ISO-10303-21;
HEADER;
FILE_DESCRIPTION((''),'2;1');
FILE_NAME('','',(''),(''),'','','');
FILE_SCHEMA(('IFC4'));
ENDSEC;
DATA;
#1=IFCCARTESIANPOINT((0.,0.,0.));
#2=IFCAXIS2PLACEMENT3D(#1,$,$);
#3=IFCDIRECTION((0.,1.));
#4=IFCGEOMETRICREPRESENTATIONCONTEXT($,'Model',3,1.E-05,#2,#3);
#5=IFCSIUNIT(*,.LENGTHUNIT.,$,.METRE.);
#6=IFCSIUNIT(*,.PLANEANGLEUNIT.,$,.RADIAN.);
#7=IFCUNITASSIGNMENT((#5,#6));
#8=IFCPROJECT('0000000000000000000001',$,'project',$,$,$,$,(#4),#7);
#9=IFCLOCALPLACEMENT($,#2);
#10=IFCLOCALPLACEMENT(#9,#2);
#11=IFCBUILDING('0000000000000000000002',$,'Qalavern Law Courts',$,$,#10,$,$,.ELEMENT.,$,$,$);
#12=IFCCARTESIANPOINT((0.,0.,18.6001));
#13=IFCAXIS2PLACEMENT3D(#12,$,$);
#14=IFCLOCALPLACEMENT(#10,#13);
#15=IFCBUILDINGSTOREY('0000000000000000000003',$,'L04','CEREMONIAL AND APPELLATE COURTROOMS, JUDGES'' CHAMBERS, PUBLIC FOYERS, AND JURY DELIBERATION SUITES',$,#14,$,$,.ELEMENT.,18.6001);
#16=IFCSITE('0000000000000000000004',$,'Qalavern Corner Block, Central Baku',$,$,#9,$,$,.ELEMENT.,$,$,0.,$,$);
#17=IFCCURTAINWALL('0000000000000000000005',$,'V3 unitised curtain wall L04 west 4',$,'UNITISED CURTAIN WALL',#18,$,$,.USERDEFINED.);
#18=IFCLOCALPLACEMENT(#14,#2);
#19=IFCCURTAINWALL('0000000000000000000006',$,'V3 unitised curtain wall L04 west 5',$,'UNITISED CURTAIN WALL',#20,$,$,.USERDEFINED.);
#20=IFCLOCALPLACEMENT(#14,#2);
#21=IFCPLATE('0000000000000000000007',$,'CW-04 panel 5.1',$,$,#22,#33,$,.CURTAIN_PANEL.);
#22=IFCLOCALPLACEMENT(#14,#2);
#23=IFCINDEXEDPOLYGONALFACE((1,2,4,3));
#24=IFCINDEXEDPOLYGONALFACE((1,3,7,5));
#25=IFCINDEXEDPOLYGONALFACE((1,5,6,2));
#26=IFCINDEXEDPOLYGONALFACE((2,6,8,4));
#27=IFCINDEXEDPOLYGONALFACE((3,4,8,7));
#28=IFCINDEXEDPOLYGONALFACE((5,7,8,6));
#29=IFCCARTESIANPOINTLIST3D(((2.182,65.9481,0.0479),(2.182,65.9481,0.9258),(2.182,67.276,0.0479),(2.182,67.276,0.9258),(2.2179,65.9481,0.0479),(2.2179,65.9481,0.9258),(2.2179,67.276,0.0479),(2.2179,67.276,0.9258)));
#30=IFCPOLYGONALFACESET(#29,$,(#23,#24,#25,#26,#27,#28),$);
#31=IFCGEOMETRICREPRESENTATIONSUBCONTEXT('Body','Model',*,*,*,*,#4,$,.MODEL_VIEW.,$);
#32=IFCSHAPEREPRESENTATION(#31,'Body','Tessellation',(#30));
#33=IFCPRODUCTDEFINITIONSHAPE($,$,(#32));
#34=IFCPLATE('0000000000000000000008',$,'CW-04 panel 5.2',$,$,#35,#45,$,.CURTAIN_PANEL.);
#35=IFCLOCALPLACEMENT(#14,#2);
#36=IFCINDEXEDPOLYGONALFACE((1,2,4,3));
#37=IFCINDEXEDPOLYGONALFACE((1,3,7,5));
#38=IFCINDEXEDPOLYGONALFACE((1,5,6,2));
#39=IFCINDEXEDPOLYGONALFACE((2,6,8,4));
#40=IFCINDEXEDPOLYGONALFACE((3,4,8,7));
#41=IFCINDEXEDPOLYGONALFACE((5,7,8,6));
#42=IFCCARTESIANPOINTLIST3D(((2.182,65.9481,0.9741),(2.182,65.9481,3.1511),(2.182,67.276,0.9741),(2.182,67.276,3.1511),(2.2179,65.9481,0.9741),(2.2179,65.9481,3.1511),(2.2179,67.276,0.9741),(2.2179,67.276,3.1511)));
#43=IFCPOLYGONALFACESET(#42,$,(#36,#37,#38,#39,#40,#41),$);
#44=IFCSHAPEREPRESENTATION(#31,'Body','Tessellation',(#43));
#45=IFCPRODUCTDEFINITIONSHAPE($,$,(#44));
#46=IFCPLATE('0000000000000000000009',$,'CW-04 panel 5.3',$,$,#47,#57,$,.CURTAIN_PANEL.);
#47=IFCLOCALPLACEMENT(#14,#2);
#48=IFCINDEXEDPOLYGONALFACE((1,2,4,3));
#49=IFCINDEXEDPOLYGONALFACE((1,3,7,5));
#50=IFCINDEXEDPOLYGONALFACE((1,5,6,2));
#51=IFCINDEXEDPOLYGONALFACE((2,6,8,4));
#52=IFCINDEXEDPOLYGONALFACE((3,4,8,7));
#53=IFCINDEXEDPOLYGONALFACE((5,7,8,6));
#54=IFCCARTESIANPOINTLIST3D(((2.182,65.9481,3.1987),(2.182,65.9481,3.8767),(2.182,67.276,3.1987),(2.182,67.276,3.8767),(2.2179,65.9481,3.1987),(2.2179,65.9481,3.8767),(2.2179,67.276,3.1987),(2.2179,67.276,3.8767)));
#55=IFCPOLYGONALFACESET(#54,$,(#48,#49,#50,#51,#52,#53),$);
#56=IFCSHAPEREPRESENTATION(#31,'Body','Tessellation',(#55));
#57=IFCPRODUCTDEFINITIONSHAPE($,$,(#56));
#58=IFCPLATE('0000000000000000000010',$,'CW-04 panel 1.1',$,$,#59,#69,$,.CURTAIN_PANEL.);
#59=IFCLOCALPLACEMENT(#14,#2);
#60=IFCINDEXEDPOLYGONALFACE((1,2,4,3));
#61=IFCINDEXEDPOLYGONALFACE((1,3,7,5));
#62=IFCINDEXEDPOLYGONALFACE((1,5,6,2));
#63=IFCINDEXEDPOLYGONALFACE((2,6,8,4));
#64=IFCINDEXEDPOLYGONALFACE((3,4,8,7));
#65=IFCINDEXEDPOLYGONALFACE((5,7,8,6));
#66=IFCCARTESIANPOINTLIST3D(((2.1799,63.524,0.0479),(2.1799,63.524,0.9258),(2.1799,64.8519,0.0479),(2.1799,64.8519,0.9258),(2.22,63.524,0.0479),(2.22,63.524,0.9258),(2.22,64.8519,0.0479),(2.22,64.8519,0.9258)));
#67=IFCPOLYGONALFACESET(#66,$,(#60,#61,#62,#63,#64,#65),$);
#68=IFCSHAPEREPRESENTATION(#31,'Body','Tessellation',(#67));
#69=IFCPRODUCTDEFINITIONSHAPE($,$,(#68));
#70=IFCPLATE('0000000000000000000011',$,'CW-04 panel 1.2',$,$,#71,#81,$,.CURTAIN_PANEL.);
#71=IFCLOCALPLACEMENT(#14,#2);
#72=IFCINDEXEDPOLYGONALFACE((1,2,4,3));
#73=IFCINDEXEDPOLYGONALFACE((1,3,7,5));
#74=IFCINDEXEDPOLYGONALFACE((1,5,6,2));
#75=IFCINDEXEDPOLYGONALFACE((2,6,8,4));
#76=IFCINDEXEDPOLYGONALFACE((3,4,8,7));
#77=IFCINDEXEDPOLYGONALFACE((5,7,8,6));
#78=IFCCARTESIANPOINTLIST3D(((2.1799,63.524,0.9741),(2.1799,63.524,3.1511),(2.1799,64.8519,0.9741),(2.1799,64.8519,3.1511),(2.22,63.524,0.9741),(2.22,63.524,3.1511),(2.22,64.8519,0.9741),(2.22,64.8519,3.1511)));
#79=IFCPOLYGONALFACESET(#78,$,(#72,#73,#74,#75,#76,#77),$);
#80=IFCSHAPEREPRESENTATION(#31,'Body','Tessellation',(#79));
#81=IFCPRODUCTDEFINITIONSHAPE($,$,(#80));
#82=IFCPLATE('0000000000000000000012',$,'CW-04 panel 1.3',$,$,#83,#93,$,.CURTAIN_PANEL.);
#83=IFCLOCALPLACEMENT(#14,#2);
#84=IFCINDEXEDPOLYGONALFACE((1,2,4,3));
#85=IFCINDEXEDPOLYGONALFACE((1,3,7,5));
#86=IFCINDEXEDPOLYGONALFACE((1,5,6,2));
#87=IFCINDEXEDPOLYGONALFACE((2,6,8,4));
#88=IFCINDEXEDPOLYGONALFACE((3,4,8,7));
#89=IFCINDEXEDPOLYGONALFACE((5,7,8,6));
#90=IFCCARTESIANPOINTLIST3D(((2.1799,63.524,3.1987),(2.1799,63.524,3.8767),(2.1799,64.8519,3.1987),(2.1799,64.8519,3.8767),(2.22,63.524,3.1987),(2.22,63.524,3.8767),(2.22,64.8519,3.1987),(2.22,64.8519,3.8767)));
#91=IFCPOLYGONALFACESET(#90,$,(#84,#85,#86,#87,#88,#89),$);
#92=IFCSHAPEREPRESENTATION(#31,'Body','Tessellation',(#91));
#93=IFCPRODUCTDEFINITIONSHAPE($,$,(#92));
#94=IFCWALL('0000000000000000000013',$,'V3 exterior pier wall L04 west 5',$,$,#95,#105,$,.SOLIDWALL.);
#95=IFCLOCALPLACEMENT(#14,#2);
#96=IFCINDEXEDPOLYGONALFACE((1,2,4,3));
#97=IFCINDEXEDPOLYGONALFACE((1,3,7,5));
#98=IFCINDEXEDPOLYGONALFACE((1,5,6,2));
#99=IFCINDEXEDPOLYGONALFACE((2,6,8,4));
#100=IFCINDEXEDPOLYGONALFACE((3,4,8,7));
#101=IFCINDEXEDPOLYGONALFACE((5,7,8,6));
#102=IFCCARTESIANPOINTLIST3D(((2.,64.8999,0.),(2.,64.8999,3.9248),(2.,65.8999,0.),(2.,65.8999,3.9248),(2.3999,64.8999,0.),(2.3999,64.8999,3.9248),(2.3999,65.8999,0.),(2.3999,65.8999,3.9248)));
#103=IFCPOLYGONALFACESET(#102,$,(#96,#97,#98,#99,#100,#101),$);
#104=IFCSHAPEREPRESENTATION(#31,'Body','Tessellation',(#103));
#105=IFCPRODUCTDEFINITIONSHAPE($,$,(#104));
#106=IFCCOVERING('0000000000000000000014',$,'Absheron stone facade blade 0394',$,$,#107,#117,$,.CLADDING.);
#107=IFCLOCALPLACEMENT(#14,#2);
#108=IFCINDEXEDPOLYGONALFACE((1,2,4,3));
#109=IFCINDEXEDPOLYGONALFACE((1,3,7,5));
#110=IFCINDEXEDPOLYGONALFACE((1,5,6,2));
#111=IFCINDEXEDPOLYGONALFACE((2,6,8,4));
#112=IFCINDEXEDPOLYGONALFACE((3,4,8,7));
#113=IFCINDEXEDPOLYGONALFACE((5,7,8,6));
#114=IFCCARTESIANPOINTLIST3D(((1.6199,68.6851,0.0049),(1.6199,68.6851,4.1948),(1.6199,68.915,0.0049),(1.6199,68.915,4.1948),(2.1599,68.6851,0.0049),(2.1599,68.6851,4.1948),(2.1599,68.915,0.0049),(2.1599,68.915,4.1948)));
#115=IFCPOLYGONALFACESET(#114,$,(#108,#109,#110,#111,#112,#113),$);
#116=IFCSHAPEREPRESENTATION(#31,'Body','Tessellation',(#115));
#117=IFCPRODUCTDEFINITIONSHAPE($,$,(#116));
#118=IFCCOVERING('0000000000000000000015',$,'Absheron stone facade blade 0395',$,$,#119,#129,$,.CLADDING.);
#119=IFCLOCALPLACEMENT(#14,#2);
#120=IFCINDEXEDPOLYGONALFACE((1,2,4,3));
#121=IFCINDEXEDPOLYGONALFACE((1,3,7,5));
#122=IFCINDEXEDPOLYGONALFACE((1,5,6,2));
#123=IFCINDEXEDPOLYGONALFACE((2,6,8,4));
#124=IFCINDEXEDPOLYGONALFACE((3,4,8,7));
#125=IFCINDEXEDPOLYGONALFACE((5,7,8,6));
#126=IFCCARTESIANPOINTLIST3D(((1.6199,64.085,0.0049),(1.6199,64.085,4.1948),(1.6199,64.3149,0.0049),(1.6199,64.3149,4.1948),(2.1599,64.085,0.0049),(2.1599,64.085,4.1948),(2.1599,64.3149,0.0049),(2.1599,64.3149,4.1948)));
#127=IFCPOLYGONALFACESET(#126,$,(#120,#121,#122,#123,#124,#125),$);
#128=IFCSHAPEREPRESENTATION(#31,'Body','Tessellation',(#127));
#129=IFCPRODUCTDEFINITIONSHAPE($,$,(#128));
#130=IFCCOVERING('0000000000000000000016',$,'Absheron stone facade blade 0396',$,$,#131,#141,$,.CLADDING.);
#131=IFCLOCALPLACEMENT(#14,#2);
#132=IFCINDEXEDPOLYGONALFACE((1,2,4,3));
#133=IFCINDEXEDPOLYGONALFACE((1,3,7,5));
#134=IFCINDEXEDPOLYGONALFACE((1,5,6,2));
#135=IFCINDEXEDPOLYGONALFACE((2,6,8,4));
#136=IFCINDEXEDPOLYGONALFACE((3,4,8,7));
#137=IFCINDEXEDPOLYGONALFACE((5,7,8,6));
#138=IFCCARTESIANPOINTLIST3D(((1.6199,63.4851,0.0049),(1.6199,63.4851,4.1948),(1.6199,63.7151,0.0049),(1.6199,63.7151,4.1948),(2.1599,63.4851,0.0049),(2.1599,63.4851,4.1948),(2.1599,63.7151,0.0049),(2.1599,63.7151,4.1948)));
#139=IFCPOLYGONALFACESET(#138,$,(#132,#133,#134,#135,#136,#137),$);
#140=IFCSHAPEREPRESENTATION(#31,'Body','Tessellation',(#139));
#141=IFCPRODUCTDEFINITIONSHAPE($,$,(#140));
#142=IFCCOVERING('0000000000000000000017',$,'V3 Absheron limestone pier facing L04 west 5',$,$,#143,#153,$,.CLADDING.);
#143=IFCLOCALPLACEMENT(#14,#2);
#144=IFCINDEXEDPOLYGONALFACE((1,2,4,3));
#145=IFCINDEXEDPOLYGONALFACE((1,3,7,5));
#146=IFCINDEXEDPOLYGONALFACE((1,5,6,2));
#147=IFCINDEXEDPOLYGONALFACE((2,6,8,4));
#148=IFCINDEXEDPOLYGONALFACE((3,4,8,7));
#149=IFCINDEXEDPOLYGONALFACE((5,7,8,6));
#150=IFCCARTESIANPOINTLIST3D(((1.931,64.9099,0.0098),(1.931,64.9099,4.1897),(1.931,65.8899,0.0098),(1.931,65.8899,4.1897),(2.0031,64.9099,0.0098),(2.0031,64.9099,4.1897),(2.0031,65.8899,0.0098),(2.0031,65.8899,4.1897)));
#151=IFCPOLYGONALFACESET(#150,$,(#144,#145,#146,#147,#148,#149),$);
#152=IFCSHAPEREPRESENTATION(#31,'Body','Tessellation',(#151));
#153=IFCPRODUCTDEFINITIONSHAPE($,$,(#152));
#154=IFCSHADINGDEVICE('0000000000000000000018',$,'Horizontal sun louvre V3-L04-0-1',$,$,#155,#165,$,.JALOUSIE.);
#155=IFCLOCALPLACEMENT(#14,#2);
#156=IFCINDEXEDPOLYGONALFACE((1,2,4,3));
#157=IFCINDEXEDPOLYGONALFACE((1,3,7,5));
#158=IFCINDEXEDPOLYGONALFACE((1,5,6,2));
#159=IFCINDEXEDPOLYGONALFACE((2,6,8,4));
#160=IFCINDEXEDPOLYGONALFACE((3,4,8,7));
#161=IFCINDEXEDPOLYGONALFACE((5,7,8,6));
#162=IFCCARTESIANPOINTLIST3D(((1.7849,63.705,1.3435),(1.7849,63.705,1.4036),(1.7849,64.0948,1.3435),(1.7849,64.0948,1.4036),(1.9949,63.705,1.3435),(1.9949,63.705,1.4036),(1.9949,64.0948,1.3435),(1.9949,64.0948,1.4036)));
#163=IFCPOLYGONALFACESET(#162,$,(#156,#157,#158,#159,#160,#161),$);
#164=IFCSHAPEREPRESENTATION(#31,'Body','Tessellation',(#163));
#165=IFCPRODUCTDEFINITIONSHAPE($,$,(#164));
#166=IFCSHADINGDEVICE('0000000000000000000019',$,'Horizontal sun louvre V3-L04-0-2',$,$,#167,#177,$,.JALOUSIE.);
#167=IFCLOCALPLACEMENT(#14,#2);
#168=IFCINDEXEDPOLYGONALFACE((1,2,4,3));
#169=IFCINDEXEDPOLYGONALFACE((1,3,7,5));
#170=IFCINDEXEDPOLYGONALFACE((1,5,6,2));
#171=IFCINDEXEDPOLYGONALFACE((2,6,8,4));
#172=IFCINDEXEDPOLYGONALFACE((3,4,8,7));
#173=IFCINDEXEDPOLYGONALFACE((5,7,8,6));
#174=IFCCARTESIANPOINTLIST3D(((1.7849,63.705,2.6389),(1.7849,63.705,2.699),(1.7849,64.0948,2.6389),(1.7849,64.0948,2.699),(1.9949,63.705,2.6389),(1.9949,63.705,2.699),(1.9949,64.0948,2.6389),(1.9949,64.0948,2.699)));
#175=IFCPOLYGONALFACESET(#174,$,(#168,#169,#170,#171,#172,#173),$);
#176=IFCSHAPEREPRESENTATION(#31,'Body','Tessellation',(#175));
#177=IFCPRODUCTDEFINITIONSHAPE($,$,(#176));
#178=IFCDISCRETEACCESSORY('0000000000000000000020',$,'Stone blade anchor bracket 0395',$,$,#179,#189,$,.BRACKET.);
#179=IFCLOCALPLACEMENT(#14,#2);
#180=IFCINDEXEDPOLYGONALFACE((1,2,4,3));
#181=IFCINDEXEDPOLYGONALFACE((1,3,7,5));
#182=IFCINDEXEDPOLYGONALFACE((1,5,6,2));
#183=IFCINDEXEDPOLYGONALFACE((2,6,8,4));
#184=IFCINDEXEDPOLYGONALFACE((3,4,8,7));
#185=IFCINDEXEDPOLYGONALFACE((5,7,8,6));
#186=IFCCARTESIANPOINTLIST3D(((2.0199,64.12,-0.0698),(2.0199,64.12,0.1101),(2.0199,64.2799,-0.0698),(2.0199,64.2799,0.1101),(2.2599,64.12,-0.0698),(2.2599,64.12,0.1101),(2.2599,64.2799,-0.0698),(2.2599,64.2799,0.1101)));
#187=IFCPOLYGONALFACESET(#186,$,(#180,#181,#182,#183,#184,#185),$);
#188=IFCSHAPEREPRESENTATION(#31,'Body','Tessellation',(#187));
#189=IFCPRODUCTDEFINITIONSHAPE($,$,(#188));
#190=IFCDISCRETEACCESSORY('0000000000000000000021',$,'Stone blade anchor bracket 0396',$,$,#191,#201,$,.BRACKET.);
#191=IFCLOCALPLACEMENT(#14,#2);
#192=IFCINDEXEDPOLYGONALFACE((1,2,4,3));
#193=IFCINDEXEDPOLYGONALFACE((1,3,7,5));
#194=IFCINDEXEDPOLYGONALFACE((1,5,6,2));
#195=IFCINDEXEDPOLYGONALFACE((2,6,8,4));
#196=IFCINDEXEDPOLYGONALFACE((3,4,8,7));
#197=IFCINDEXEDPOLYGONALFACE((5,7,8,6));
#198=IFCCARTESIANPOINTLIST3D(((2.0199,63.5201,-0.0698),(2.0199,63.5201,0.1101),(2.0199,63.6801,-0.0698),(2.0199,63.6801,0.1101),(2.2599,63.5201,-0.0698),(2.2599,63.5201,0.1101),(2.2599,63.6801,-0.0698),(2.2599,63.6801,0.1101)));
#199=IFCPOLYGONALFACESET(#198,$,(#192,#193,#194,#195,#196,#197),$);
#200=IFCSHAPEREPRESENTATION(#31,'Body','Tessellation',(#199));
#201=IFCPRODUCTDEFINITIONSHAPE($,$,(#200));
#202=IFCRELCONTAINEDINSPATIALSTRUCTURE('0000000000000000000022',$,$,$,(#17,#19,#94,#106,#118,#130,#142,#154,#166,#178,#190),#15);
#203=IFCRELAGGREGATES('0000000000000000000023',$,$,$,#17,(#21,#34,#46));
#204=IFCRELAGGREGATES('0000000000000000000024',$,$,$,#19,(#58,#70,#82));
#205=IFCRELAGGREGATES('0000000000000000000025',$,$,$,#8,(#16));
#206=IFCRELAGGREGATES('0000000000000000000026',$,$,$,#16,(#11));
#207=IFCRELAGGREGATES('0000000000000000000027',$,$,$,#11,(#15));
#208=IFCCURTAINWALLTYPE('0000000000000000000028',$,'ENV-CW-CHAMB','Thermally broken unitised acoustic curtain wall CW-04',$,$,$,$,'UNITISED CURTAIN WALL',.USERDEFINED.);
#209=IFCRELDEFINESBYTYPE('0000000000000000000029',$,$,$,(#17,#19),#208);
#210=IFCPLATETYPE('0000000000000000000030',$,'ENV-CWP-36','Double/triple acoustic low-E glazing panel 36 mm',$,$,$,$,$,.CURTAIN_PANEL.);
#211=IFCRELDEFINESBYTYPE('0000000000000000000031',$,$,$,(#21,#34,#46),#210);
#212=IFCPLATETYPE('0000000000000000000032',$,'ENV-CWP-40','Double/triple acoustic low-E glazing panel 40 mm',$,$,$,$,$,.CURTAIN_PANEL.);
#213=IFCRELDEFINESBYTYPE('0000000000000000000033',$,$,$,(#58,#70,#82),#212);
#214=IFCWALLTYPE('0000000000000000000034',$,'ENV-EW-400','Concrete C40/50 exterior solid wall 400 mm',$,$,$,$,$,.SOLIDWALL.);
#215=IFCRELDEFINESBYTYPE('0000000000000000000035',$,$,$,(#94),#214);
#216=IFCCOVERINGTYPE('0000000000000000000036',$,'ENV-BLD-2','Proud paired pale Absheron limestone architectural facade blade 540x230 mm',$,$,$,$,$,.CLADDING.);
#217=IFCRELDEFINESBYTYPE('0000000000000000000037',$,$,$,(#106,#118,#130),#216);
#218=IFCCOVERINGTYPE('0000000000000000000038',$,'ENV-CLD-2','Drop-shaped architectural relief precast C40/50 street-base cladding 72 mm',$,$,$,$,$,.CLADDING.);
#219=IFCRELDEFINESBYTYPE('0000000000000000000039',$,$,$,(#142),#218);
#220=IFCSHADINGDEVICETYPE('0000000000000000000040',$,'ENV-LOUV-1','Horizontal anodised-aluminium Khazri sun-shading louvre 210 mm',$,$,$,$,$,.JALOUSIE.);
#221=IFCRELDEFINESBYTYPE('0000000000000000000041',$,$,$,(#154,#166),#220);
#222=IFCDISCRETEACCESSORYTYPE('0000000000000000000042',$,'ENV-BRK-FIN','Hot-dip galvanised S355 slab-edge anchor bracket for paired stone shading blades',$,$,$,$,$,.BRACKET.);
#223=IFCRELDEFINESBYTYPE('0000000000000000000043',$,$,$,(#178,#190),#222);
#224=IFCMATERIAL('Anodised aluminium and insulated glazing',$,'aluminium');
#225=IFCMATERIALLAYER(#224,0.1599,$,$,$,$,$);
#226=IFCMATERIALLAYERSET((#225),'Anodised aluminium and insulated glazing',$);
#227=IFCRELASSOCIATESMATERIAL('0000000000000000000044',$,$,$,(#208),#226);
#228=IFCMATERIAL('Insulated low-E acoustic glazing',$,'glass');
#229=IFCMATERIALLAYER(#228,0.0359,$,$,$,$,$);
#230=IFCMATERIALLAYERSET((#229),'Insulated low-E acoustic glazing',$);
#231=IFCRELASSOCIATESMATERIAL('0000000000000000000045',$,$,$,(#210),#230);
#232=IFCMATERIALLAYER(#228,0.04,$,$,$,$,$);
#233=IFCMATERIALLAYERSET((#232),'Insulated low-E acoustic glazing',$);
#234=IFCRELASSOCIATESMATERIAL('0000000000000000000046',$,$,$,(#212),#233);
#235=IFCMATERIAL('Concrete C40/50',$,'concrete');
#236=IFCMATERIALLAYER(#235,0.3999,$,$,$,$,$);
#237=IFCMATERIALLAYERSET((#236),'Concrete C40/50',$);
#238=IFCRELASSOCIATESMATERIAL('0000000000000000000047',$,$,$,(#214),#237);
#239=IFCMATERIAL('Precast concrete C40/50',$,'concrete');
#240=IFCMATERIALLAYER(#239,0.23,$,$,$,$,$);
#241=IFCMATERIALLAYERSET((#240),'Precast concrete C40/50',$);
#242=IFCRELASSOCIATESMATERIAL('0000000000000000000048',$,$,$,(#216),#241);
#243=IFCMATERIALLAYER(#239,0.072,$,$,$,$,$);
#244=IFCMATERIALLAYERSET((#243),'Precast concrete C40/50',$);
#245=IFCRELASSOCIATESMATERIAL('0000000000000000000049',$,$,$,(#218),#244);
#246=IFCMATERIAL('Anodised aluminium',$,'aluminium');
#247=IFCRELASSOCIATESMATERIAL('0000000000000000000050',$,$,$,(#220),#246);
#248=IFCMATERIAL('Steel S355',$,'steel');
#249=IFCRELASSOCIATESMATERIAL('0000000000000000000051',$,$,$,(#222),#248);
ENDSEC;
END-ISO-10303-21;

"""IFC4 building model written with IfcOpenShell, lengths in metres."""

from ifc_helpers import new_model, si_unit, direction, frame, frame_2d, origin, origin_2d, place, context, subcontext, project, spatial, rectangle, extrude, material, layer, layer_set, type_object, element, aggregate, save


model = new_model("IFC4")

# Units and contexts
model_context = context("Model", 3, precision=1e-05, world=origin(), true_north=direction((0.0, 1.0)))
body_context = subcontext(model_context, "Body", "Model", "MODEL_VIEW")
ifc_project = project(units=[si_unit("LENGTHUNIT", "METRE"), si_unit("PLANEANGLEUNIT", "RADIAN")], contexts=[model_context])

# Site, building, storey
site_placement = place(None, origin())
site = spatial("IfcSite", under=ifc_project, at=site_placement, Name="Qalavern Corner Block, Central Baku", CompositionType="ELEMENT", RefElevation=0.0)
building_placement = place(site_placement, origin())
building = spatial("IfcBuilding", under=site, at=building_placement, Name="Qalavern Law Courts", CompositionType="ELEMENT")
storey_placement = place(building_placement, frame((0.0, 0.0, 18.6001)))
storey = spatial("IfcBuildingStorey", under=building, at=storey_placement, Name="L04", Description="CEREMONIAL AND APPELLATE COURTROOMS, JUDGES' CHAMBERS, PUBLIC FOYERS, AND JURY DELIBERATION SUITES", CompositionType="ELEMENT", Elevation=18.6001)

# Curtain wall
ifc_material_1 = material(Name="Anodised aluminium and insulated glazing", Category="aluminium")
ifc_layer_1 = layer(ifc_material_1, 0.1599)
ifc_layer_set_1 = layer_set([ifc_layer_1], Name="Anodised aluminium and insulated glazing")
curtain_wall_type = type_object("IfcCurtainWallType", Name="ENV-CW-CHAMB", Description="Thermally broken unitised acoustic curtain wall CW-04", ElementType="UNITISED CURTAIN WALL", PredefinedType="USERDEFINED", material=ifc_layer_set_1)
curtain_wall_1_placement = place(storey_placement, origin())
curtain_wall_1 = element("IfcCurtainWall", 1, at=curtain_wall_1_placement, inside=storey, type_object=curtain_wall_type, Name="V3 unitised curtain wall L04 west 4", ObjectType="UNITISED CURTAIN WALL", PredefinedType="USERDEFINED")
ifc_material_2 = material(Name="Anodised aluminium", Category="aluminium")

# Curtain wall
curtain_wall_2_placement = place(storey_placement, origin())
curtain_wall_2 = element("IfcCurtainWall", 2, at=curtain_wall_2_placement, inside=storey, type_object=curtain_wall_type, Name="V3 unitised curtain wall L04 west 5", ObjectType="UNITISED CURTAIN WALL", PredefinedType="USERDEFINED")

# Shared definitions
ifc_material_3 = material(Name="Steel S355", Category="steel")

# Plates
ifc_material_4 = material(Name="Insulated low-E acoustic glazing", Category="glass")
ifc_layer_2 = layer(ifc_material_4, 0.0359)
ifc_layer_set_2 = layer_set([ifc_layer_2], Name="Insulated low-E acoustic glazing")
plate_type_1 = type_object("IfcPlateType", Name="ENV-CWP-36", Description="Double/triple acoustic low-E glazing panel 36 mm", PredefinedType="CURTAIN_PANEL", material=ifc_layer_set_2)
plate_1_placement = place(storey_placement, frame((2.2, 66.6121, 0.0479), z_axis=(0.0, 0.0, 1.0), x_axis=(0.0, -1.0, 0.0)))
plate_1 = element("IfcPlate", 3, at=plate_1_placement, type_object=plate_type_1, Name="CW-04 panel 5.1", PredefinedType="CURTAIN_PANEL", context=body_context, shape_type="SweptSolid", body=[
    extrude(rectangle(XDim=1.3279, YDim=0.0359, at=origin_2d()), origin(), (0.0, 0.0, 1.0), 0.8779),
])
plate_2_placement = place(storey_placement, frame((2.2, 66.6121, 0.9741), z_axis=(0.0, 0.0, 1.0), x_axis=(0.0, -1.0, 0.0)))
plate_2 = element("IfcPlate", 4, at=plate_2_placement, type_object=plate_type_1, Name="CW-04 panel 5.2", PredefinedType="CURTAIN_PANEL", context=body_context, shape_type="SweptSolid", body=[
    extrude(rectangle(XDim=1.3279, YDim=0.0359, at=origin_2d()), origin(), (0.0, 0.0, 1.0), 2.177),
])
plate_3_placement = place(storey_placement, frame((2.2, 66.6121, 3.1987), z_axis=(0.0, 0.0, 1.0), x_axis=(0.0, -1.0, 0.0)))
plate_3 = element("IfcPlate", 5, at=plate_3_placement, type_object=plate_type_1, Name="CW-04 panel 5.3", PredefinedType="CURTAIN_PANEL", context=body_context, shape_type="SweptSolid", body=[
    extrude(rectangle(XDim=1.3279, YDim=0.0359, at=origin_2d()), origin(), (0.0, 0.0, 1.0), 0.678),
])
aggregate(curtain_wall_1, [plate_1, plate_2, plate_3])
ifc_layer_3 = layer(ifc_material_4, 0.04)
ifc_layer_set_3 = layer_set([ifc_layer_3], Name="Insulated low-E acoustic glazing")
plate_type_2 = type_object("IfcPlateType", Name="ENV-CWP-40", Description="Double/triple acoustic low-E glazing panel 40 mm", PredefinedType="CURTAIN_PANEL", material=ifc_layer_set_3)
plate_4_placement = place(storey_placement, frame((2.2, 64.188, 0.0479), z_axis=(0.0, 0.0, 1.0), x_axis=(0.0, -1.0, 0.0)))
plate_4 = element("IfcPlate", 6, at=plate_4_placement, type_object=plate_type_2, Name="CW-04 panel 1.1", PredefinedType="CURTAIN_PANEL", context=body_context, shape_type="SweptSolid", body=[
    extrude(rectangle(XDim=1.3279, YDim=0.04, at=origin_2d()), origin(), (0.0, 0.0, 1.0), 0.8779),
])
plate_5_placement = place(storey_placement, frame((2.2, 64.188, 0.9741), z_axis=(0.0, 0.0, 1.0), x_axis=(0.0, -1.0, 0.0)))
plate_5 = element("IfcPlate", 7, at=plate_5_placement, type_object=plate_type_2, Name="CW-04 panel 1.2", PredefinedType="CURTAIN_PANEL", context=body_context, shape_type="SweptSolid", body=[
    extrude(rectangle(XDim=1.3279, YDim=0.04, at=origin_2d()), origin(), (0.0, 0.0, 1.0), 2.177),
])
plate_6_placement = place(storey_placement, frame((2.2, 64.188, 3.1987), z_axis=(0.0, 0.0, 1.0), x_axis=(0.0, -1.0, 0.0)))
plate_6 = element("IfcPlate", 8, at=plate_6_placement, type_object=plate_type_2, Name="CW-04 panel 1.3", PredefinedType="CURTAIN_PANEL", context=body_context, shape_type="SweptSolid", body=[
    extrude(rectangle(XDim=1.3279, YDim=0.04, at=origin_2d()), origin(), (0.0, 0.0, 1.0), 0.678),
])
aggregate(curtain_wall_2, [plate_4, plate_5, plate_6])

# Wall
ifc_material_5 = material(Name="Concrete C40/50", Category="concrete")
ifc_layer_4 = layer(ifc_material_5, 0.3999)
ifc_layer_set_4 = layer_set([ifc_layer_4], Name="Concrete C40/50")
wall_type = type_object("IfcWallType", Name="ENV-EW-400", Description="Concrete C40/50 exterior solid wall 400 mm", PredefinedType="SOLIDWALL", material=ifc_layer_set_4)
wall_placement = place(storey_placement, frame((2.2, 65.8999, 0.0), z_axis=(0.0, 0.0, 1.0), x_axis=(0.0, -1.0, 0.0)))
element("IfcWall", 9, at=wall_placement, inside=storey, type_object=wall_type, Name="V3 exterior pier wall L04 west 5", PredefinedType="SOLIDWALL", context=body_context, shape_type="SweptSolid", body=[
    extrude(rectangle(XDim=1.0, YDim=0.3999, at=frame_2d((0.5, 0.0))), origin(), (0.0, 0.0, 1.0), 3.9248),
])

# Coverings
ifc_material_6 = material(Name="Precast concrete C40/50", Category="concrete")
ifc_layer_5 = layer(ifc_material_6, 0.23)
ifc_layer_set_5 = layer_set([ifc_layer_5], Name="Precast concrete C40/50")
covering_type_1 = type_object("IfcCoveringType", Name="ENV-BLD-2", Description="Proud paired pale Absheron limestone architectural facade blade 540x230 mm", PredefinedType="CLADDING", material=ifc_layer_set_5)
for number, where, z_axis, x_axis, name in (
    (10, (1.8899, 68.8, 0.0049), (0.0, 0.0, 1.0), (-1.0, 0.0, 0.0), "Absheron stone facade blade 0394"),
    (11, (1.8899, 64.2, 0.0049), (0.0, 0.0, 1.0), (-1.0, 0.0, 0.0), "Absheron stone facade blade 0395"),
    (12, (1.8899, 63.6001, 0.0049), (0.0, 0.0, 1.0), (-1.0, 0.0, 0.0), "Absheron stone facade blade 0396"),
):
    element("IfcCovering", number, at=place(storey_placement, frame(where, z_axis=z_axis, x_axis=x_axis)), inside=storey, type_object=covering_type_1, Name=name, PredefinedType="CLADDING", context=body_context, shape_type="SweptSolid", body=[
        extrude(rectangle(XDim=0.54, YDim=0.23, at=origin_2d()), origin(), (0.0, 0.0, 1.0), 4.1899),
    ])
ifc_layer_6 = layer(ifc_material_6, 0.072)
ifc_layer_set_6 = layer_set([ifc_layer_6], Name="Precast concrete C40/50")
covering_type_2 = type_object("IfcCoveringType", Name="ENV-CLD-2", Description="Drop-shaped architectural relief precast C40/50 street-base cladding 72 mm", PredefinedType="CLADDING", material=ifc_layer_set_6)
covering_placement = place(storey_placement, frame((1.967, 65.3999, 0.0098), z_axis=(0.0, 0.0, 1.0), x_axis=(0.0, -1.0, 0.0)))
element("IfcCovering", 13, at=covering_placement, inside=storey, type_object=covering_type_2, Name="V3 Absheron limestone pier facing L04 west 5", PredefinedType="CLADDING", context=body_context, shape_type="SweptSolid", body=[
    extrude(rectangle(XDim=0.98, YDim=0.072, at=origin_2d()), origin(), (0.0, 0.0, 1.0), 4.1799),
])

# Shading devices
shading_device_type = type_object("IfcShadingDeviceType", Name="ENV-LOUV-1", Description="Horizontal anodised-aluminium Khazri sun-shading louvre 210 mm", PredefinedType="JALOUSIE", material=ifc_material_2)
for number, where, z_axis, x_axis, name in (
    (14, (1.8899, 63.8999, 1.3435), (0.0, 0.0, 1.0), (0.0, -1.0, 0.0), "Horizontal sun louvre V3-L04-0-1"),
    (15, (1.8899, 63.8999, 2.6389), (0.0, 0.0, 1.0), (0.0, -1.0, 0.0), "Horizontal sun louvre V3-L04-0-2"),
):
    element("IfcShadingDevice", number, at=place(storey_placement, frame(where, z_axis=z_axis, x_axis=x_axis)), inside=storey, type_object=shading_device_type, Name=name, PredefinedType="JALOUSIE", context=body_context, shape_type="SweptSolid", body=[
        extrude(rectangle(XDim=0.3899, YDim=0.21, at=origin_2d()), origin(), (0.0, 0.0, 1.0), 0.0601),
    ])

# Discrete accessories
discrete_accessory_type = type_object("IfcDiscreteAccessoryType", Name="ENV-BRK-FIN", Description="Hot-dip galvanised S355 slab-edge anchor bracket for paired stone shading blades", PredefinedType="BRACKET", material=ifc_material_3)
for number, where, z_axis, x_axis, name in (
    (16, (2.1399, 64.2, -0.0698), (0.0, 0.0, 1.0), (-1.0, 0.0, 0.0), "Stone blade anchor bracket 0395"),
    (17, (2.1399, 63.6001, -0.0698), (0.0, 0.0, 1.0), (-1.0, 0.0, 0.0), "Stone blade anchor bracket 0396"),
):
    element("IfcDiscreteAccessory", number, at=place(storey_placement, frame(where, z_axis=z_axis, x_axis=x_axis)), inside=storey, type_object=discrete_accessory_type, Name=name, PredefinedType="BRACKET", context=body_context, shape_type="SweptSolid", body=[
        extrude(rectangle(XDim=0.24, YDim=0.1599, at=origin_2d()), origin(), (0.0, 0.0, 1.0), 0.1799),
    ])

save(model, "model.ifc")
